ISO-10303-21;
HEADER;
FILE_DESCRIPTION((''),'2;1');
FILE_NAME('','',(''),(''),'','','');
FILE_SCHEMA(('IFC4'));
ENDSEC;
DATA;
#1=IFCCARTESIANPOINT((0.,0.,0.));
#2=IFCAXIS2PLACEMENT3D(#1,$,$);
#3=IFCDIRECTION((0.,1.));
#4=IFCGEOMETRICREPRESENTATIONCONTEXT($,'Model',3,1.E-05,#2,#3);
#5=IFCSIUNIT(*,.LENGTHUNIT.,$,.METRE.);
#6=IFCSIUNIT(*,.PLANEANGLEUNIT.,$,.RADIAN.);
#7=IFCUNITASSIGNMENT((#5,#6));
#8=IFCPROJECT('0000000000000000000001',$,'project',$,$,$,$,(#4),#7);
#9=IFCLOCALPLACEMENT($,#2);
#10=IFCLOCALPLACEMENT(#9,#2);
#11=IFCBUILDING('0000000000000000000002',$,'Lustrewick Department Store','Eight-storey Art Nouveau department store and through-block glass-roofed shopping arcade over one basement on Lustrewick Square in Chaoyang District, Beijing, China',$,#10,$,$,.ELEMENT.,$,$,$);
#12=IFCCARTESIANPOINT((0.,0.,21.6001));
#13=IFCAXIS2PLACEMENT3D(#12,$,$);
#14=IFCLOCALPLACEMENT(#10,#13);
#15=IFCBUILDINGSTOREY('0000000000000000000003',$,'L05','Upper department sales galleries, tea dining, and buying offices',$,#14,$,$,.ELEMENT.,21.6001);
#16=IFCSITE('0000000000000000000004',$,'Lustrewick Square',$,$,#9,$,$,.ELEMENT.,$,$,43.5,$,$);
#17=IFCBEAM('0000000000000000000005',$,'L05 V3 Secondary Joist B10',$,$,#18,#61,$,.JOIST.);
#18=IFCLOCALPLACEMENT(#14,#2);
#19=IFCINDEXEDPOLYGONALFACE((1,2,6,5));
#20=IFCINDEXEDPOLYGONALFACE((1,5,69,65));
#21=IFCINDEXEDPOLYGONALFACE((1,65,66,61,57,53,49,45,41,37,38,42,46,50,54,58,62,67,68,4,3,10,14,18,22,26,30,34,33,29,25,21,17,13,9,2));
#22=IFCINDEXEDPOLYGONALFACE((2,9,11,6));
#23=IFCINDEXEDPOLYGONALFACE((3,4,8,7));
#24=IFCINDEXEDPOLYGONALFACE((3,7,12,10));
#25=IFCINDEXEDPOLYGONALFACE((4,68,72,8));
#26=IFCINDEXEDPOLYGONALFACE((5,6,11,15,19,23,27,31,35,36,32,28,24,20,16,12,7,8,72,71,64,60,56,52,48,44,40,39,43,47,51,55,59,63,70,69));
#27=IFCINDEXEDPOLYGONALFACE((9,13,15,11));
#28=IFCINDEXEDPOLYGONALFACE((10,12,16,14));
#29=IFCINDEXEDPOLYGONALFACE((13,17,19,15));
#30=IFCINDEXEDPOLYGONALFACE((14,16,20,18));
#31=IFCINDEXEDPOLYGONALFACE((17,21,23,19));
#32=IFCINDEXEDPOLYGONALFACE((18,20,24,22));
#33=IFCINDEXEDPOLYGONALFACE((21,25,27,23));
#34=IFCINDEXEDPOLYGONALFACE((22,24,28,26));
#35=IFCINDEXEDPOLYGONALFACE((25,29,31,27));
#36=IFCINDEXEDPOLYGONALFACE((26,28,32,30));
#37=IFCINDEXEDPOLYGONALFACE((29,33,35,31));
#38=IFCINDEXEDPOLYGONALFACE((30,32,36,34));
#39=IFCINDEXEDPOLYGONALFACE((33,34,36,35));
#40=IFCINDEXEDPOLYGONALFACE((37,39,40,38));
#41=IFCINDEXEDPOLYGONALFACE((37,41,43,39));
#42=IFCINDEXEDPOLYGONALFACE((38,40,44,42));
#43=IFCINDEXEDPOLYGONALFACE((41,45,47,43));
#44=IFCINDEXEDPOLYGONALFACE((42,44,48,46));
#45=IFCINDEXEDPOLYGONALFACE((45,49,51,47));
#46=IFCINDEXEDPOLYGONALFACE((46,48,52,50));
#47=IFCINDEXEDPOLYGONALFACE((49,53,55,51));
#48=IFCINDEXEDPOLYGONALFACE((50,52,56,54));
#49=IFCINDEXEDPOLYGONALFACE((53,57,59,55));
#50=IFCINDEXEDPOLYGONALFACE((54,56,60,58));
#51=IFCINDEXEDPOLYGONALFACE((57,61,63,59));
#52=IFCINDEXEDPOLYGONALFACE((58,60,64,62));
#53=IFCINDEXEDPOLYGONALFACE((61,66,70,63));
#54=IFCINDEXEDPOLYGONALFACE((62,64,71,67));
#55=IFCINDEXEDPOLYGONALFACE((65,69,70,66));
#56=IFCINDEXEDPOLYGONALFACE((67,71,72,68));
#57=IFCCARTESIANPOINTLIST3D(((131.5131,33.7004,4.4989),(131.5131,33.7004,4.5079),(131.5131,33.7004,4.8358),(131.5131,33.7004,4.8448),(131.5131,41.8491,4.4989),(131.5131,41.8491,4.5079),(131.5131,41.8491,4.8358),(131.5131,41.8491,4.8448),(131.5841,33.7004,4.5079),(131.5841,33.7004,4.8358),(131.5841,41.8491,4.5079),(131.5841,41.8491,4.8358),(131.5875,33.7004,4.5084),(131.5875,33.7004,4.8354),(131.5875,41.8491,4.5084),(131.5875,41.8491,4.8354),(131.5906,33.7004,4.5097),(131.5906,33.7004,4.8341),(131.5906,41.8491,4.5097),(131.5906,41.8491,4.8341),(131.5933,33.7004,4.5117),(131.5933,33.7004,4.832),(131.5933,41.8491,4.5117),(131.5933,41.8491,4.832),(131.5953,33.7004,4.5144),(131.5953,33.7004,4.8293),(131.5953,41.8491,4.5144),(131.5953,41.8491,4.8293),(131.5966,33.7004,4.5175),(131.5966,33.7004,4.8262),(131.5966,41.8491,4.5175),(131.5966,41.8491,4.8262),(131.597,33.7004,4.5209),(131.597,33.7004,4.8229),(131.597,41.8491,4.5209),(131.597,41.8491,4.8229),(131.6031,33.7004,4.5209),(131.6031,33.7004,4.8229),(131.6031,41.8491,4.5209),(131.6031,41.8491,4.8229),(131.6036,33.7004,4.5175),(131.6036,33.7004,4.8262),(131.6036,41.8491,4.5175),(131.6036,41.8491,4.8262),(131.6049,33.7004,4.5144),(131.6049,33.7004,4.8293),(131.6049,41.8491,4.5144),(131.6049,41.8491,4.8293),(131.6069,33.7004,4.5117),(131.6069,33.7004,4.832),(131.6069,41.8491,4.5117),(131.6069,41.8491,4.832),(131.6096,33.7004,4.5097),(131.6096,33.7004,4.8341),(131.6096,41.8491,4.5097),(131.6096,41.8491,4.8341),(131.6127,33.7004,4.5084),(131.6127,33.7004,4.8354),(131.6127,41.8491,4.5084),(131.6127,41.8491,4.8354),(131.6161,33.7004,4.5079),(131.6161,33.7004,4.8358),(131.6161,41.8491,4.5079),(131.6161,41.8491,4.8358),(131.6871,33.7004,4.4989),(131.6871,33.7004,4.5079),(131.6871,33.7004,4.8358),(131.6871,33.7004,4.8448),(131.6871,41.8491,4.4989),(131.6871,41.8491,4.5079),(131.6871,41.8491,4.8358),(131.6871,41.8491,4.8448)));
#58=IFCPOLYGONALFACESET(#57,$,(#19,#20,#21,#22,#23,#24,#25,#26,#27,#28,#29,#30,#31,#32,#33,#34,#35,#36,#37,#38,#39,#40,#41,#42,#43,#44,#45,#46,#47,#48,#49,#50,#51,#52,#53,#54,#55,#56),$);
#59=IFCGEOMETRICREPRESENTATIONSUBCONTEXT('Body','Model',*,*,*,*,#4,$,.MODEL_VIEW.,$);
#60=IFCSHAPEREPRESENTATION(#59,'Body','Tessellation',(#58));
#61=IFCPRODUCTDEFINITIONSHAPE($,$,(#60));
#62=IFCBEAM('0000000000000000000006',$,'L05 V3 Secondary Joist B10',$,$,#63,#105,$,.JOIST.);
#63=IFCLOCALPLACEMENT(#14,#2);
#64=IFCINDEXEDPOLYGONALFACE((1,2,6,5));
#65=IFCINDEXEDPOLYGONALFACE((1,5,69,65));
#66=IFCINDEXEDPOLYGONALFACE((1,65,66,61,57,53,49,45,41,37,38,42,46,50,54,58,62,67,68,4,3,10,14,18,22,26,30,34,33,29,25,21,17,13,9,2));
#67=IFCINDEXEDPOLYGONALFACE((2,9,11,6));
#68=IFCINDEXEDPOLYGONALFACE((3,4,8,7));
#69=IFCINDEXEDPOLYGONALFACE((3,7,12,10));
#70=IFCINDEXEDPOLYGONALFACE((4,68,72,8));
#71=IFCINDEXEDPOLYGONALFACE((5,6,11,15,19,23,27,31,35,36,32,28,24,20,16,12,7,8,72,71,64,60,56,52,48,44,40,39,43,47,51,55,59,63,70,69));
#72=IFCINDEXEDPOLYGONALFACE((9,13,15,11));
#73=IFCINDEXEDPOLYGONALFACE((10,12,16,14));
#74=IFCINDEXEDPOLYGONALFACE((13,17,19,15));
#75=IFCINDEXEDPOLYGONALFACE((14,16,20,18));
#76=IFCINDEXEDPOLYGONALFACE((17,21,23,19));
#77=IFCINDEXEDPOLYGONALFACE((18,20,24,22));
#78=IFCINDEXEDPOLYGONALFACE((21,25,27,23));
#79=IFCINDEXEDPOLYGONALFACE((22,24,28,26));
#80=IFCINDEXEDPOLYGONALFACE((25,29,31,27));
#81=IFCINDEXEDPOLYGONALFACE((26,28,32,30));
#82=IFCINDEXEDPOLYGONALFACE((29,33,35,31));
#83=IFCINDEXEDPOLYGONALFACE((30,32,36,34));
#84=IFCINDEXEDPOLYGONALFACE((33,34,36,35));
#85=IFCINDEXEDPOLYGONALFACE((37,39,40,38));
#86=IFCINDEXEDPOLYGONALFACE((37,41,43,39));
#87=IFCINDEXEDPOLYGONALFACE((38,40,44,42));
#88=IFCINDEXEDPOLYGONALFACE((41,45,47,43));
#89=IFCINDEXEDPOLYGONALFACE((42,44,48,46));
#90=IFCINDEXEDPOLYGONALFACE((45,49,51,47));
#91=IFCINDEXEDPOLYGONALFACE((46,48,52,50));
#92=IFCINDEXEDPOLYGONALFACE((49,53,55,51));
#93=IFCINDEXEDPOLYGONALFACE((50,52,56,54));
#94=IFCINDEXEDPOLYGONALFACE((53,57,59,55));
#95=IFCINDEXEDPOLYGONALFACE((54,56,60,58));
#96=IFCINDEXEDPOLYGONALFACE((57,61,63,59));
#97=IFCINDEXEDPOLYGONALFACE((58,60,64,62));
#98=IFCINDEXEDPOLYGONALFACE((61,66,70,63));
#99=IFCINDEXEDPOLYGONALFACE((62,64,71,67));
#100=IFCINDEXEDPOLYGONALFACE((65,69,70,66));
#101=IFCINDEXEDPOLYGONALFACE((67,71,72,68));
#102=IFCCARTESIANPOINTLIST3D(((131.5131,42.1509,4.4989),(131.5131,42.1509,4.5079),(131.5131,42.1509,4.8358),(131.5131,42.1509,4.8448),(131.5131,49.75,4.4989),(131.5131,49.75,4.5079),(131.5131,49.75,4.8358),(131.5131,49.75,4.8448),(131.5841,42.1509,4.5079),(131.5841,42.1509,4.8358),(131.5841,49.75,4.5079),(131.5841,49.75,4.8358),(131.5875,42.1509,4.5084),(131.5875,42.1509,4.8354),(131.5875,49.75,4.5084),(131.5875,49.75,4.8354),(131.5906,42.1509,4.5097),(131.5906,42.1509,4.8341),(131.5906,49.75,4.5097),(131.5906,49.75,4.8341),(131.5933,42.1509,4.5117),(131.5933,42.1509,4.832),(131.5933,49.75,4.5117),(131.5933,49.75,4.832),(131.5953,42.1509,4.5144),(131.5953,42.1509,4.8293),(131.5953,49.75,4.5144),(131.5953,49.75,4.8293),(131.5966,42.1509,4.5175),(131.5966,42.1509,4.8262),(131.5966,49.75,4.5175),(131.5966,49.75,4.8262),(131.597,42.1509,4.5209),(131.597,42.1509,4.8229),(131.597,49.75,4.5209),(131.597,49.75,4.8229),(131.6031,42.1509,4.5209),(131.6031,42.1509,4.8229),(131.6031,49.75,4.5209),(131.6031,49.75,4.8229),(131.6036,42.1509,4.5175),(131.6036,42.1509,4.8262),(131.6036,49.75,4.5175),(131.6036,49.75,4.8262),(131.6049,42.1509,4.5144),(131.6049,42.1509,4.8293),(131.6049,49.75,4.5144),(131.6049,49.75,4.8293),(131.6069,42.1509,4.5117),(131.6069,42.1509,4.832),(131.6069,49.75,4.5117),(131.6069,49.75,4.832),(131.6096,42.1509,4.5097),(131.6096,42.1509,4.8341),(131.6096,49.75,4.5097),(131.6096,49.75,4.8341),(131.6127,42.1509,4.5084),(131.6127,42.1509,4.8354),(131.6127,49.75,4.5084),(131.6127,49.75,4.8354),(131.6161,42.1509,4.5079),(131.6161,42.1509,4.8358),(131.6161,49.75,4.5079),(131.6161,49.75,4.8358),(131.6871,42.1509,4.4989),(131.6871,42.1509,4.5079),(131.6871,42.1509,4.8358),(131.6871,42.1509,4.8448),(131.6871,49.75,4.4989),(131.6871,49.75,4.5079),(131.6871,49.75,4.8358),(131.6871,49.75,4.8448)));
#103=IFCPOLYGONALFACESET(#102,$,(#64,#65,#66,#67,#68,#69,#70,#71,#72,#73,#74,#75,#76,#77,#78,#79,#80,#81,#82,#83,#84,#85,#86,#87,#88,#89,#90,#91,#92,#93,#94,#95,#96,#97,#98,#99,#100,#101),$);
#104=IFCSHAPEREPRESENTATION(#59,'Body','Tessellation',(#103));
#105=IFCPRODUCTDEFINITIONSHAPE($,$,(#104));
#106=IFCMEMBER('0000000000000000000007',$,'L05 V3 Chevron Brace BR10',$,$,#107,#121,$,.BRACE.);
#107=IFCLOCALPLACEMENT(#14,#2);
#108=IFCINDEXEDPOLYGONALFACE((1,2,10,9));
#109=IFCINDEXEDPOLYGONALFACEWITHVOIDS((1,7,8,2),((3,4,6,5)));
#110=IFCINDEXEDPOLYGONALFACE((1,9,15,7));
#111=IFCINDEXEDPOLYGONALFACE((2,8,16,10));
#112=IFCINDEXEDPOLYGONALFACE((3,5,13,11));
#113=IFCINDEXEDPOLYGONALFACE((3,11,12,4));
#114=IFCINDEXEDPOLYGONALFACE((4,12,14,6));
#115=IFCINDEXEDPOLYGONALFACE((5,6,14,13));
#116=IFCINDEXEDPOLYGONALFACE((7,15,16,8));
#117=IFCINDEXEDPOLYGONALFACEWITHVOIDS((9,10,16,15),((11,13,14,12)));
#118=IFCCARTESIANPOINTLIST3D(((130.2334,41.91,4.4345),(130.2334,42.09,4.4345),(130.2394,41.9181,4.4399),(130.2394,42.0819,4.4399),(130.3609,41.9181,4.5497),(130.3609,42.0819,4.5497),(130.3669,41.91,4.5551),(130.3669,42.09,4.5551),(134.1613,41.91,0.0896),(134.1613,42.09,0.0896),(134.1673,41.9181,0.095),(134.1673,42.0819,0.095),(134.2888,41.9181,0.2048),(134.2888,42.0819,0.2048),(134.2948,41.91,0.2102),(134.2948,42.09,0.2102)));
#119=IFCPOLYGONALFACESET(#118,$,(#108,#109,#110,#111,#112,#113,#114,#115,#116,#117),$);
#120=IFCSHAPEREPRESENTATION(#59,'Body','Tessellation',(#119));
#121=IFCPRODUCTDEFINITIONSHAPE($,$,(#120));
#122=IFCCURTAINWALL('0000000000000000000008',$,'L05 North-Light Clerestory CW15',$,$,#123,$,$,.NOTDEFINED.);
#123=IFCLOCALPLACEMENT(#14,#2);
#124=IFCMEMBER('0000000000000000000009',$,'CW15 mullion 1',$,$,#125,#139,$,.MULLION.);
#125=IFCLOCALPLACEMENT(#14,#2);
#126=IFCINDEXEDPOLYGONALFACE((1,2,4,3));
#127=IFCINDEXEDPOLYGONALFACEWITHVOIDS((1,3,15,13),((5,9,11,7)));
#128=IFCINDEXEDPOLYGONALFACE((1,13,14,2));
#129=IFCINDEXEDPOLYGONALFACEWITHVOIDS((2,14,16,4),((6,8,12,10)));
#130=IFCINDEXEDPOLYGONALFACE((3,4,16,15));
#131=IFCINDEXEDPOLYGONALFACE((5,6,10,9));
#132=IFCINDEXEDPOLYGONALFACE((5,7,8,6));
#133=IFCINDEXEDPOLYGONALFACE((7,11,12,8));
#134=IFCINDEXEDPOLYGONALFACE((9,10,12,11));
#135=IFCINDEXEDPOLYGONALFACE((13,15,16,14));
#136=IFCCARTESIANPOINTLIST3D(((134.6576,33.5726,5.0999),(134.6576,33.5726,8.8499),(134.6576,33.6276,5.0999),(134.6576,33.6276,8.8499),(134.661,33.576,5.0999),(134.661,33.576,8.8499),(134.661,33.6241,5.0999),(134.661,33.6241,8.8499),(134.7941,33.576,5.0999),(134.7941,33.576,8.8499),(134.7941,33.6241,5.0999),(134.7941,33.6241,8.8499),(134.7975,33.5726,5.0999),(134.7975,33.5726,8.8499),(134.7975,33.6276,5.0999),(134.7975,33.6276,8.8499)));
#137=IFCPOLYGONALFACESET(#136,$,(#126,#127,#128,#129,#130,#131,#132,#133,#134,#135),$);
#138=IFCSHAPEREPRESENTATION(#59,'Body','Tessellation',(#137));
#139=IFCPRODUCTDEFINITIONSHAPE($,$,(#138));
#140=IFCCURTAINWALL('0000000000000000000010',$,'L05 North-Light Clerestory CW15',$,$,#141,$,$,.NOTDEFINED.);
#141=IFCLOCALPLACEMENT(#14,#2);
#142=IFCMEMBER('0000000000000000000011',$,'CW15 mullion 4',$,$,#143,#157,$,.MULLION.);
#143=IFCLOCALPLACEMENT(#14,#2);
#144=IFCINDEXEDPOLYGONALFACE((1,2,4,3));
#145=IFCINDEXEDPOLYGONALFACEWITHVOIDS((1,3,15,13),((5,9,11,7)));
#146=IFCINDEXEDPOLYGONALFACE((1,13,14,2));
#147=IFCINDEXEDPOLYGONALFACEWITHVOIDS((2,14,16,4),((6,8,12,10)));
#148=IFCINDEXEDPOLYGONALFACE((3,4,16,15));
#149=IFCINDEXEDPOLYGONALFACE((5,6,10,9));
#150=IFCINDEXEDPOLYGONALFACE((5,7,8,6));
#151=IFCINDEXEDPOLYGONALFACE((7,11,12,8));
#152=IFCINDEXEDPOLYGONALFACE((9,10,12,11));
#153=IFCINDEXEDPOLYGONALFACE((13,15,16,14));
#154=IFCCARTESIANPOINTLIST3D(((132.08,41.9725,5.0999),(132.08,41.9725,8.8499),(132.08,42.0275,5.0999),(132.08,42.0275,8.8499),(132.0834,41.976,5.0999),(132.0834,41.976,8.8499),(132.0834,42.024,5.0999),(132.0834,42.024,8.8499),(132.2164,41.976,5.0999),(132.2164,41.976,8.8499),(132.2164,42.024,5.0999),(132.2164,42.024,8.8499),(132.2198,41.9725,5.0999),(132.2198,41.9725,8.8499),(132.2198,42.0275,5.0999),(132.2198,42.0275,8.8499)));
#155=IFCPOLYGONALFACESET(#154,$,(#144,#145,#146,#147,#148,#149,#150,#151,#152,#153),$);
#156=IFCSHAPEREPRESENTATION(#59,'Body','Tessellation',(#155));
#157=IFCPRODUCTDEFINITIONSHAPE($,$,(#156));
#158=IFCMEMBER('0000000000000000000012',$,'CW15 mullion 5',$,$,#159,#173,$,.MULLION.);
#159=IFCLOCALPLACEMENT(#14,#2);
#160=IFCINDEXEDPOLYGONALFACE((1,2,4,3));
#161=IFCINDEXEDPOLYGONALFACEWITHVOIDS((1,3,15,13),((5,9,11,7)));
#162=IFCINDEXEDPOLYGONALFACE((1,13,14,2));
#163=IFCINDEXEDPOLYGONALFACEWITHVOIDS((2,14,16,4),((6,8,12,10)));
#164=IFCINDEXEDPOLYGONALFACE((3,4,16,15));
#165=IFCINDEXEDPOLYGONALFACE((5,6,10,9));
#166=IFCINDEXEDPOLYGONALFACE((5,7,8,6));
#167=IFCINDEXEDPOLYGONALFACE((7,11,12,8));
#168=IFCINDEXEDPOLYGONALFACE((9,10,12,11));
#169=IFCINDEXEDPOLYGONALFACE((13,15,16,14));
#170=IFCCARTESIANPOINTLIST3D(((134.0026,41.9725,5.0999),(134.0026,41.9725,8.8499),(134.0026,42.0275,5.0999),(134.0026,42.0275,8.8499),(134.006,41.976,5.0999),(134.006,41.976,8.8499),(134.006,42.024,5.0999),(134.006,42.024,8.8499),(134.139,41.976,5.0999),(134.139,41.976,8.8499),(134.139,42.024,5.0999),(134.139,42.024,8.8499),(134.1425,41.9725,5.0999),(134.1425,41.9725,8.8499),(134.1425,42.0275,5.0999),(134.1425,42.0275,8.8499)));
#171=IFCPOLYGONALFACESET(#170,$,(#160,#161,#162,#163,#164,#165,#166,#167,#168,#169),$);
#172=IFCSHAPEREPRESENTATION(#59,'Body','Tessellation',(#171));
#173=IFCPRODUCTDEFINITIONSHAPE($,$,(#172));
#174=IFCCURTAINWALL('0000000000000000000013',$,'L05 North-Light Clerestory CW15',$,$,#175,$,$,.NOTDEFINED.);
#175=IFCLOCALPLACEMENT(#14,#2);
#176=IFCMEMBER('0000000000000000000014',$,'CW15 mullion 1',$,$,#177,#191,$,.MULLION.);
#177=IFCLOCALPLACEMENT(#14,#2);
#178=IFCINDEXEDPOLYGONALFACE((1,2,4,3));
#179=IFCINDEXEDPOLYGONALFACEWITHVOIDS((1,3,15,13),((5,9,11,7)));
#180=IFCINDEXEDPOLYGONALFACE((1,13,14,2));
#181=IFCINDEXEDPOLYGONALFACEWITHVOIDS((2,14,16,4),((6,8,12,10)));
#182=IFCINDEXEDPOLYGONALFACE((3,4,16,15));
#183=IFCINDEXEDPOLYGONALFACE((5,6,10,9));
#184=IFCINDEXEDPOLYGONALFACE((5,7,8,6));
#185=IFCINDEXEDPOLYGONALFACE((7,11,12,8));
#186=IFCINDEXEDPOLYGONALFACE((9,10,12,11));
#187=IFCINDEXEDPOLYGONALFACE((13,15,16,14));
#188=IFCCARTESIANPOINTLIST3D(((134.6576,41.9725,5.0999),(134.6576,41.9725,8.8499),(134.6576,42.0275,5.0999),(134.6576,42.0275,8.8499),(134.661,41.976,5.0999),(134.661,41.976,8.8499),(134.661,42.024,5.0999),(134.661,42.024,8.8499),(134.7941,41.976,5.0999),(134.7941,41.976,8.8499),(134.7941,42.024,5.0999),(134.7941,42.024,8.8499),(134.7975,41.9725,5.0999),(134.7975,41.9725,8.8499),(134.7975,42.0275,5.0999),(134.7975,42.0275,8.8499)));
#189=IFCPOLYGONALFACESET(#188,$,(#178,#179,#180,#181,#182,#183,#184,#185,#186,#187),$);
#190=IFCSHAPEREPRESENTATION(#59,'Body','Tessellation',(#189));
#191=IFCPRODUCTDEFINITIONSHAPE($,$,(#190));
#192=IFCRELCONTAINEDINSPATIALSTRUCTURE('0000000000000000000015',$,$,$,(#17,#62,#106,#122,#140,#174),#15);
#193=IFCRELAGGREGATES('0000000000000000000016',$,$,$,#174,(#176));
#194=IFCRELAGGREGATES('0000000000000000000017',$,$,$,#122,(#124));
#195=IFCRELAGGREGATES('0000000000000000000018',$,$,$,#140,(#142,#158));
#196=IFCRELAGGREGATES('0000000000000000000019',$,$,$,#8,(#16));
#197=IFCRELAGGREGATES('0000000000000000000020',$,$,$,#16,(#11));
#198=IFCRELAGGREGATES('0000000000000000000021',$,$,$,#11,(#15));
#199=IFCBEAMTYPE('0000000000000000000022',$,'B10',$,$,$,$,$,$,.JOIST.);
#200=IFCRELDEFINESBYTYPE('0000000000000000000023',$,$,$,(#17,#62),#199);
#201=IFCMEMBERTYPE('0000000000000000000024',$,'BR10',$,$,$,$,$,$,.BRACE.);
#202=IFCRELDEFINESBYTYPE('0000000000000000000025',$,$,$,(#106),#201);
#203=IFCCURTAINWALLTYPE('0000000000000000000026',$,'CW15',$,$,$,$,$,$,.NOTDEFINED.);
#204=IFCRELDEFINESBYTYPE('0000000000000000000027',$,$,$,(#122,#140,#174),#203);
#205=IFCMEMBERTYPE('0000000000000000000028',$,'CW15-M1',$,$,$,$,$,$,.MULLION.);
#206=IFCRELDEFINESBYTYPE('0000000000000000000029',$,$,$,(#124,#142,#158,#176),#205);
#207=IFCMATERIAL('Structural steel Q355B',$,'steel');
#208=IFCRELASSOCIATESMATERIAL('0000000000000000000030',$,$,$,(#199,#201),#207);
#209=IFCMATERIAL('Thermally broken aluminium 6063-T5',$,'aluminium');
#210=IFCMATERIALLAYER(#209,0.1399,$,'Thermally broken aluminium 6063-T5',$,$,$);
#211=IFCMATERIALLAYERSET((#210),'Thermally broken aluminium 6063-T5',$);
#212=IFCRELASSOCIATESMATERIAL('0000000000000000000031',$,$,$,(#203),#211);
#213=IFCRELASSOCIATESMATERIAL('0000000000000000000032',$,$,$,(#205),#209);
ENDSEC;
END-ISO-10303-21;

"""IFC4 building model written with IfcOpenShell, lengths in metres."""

from ifc_helpers import new_model, si_unit, direction, frame, origin, origin_2d, place, context, subcontext, project, spatial, hollow_rectangle, i_section, extrude, material, layer, layer_set, material_profile, profile_set, type_object, element, aggregate, save


model = new_model("IFC4")

# Units and contexts
model_context = context("Model", 3, precision=1e-05, world=origin(), true_north=direction((0.0, 1.0)))
body_context = subcontext(model_context, "Body", "Model", "MODEL_VIEW")
ifc_project = project(units=[si_unit("LENGTHUNIT", "METRE"), si_unit("PLANEANGLEUNIT", "RADIAN")], contexts=[model_context])

# Site, building, storey
site_placement = place(None, origin())
site = spatial("IfcSite", under=ifc_project, at=site_placement, Name="Lustrewick Square", CompositionType="ELEMENT", RefElevation=43.5)
building_placement = place(site_placement, origin())
building = spatial("IfcBuilding", under=site, at=building_placement, Name="Lustrewick Department Store", Description="Eight-storey Art Nouveau department store and through-block glass-roofed shopping arcade over one basement on Lustrewick Square in Chaoyang District, Beijing, China", CompositionType="ELEMENT")
storey_placement = place(building_placement, frame((0.0, 0.0, 21.6001)))
storey = spatial("IfcBuildingStorey", under=building, at=storey_placement, Name="L05", Description="Upper department sales galleries, tea dining, and buying offices", CompositionType="ELEMENT", Elevation=21.6001)

# Shared definitions
ifc_material_1 = material(Name="Structural steel Q355B", Category="steel")

# Beams
ifc_material_profile_1 = material_profile(ifc_material_1, i_section(OverallWidth=0.1741, OverallDepth=0.3459, WebThickness=0.0061, FlangeThickness=0.009, FilletRadius=0.0129, at=origin_2d()), Name="HN 346x174x6x9")
ifc_profile_set_1 = profile_set([ifc_material_profile_1], Name="Structural steel Q355B")
beam_type_1 = type_object("IfcBeamType", Name="B10", PredefinedType="JOIST", material=ifc_profile_set_1)
beam_1_placement = place(storey_placement, frame((131.6001, 33.7004, 4.6719), z_axis=(0.0, 1.0, 0.0), x_axis=(-1.0, 0.0, 0.0)))
element("IfcBeam", 1, at=beam_1_placement, inside=storey, type_object=beam_type_1, Name="L05 V3 Secondary Joist B10", PredefinedType="JOIST", context=body_context, shape_type="SweptSolid", body=[
    extrude(i_section(OverallWidth=0.1741, OverallDepth=0.3459, WebThickness=0.0061, FlangeThickness=0.009, FilletRadius=0.0129, at=origin_2d()), origin(), (0.0, 0.0, 1.0), 8.1487),
])
beam_2_placement = place(storey_placement, frame((131.6001, 42.1509, 4.6719), z_axis=(0.0, 1.0, 0.0), x_axis=(-1.0, 0.0, 0.0)))
element("IfcBeam", 2, at=beam_2_placement, inside=storey, type_object=beam_type_1, Name="L05 V3 Secondary Joist B10", PredefinedType="JOIST", context=body_context, shape_type="SweptSolid", body=[
    extrude(i_section(OverallWidth=0.1741, OverallDepth=0.3459, WebThickness=0.0061, FlangeThickness=0.009, FilletRadius=0.0129, at=origin_2d()), origin(), (0.0, 0.0, 1.0), 7.5991),
])

# Member
ifc_material_profile_2 = material_profile(ifc_material_1, hollow_rectangle(XDim=0.1799, YDim=0.1799, WallThickness=0.0081, at=origin_2d()), Name="SHS 180x180x8")
ifc_profile_set_2 = profile_set([ifc_material_profile_2], Name="Structural steel Q355B")
member_type_1 = type_object("IfcMemberType", Name="BR10", PredefinedType="BRACE", material=ifc_profile_set_2)
member_1_placement = place(storey_placement, frame((134.228, 42.0, 0.1499), z_axis=(-0.670614, 0.0, 0.741806), x_axis=(0.0, -1.0, 0.0)))
element("IfcMember", 3, at=member_1_placement, inside=storey, type_object=member_type_1, Name="L05 V3 Chevron Brace BR10", PredefinedType="BRACE", context=body_context, shape_type="SweptSolid", body=[
    extrude(hollow_rectangle(XDim=0.1799, YDim=0.1799, WallThickness=0.0081, at=origin_2d()), origin(), (0.0, 0.0, 1.0), 5.8572),
])

# Curtain wall, member
ifc_material_2 = material(Name="Thermally broken aluminium 6063-T5", Category="aluminium")
ifc_layer = layer(ifc_material_2, 0.1399, Name="Thermally broken aluminium 6063-T5")
ifc_layer_set = layer_set([ifc_layer], Name="Thermally broken aluminium 6063-T5")
curtain_wall_type = type_object("IfcCurtainWallType", Name="CW15", PredefinedType="NOTDEFINED", material=ifc_layer_set)
curtain_wall_1_placement = place(storey_placement, origin())
curtain_wall_1 = element("IfcCurtainWall", 4, at=curtain_wall_1_placement, inside=storey, type_object=curtain_wall_type, Name="L05 North-Light Clerestory CW15", PredefinedType="NOTDEFINED")
ifc_material_profile_3 = material_profile(ifc_material_2, hollow_rectangle(XDim=0.0549, YDim=0.1399, WallThickness=0.0034, at=origin_2d()), Name="ALU-M 55x140x3.5")
ifc_profile_set_3 = profile_set([ifc_material_profile_3], Name="Thermally broken aluminium 6063-T5")
member_type_2 = type_object("IfcMemberType", Name="CW15-M1", PredefinedType="MULLION", material=ifc_profile_set_3)
member_2_placement = place(storey_placement, frame((134.7275, 33.6001, 5.0999), z_axis=(0.0, 0.0, 1.0), x_axis=(0.0, 1.0, 0.0)))
member_2 = element("IfcMember", 5, at=member_2_placement, type_object=member_type_2, Name="CW15 mullion 1", PredefinedType="MULLION", context=body_context, shape_type="SweptSolid", body=[
    extrude(hollow_rectangle(XDim=0.0549, YDim=0.1399, WallThickness=0.0034, at=origin_2d()), origin(), (0.0, 0.0, 1.0), 3.75),
])

# Curtain wall, members
curtain_wall_2_placement = place(storey_placement, origin())
curtain_wall_2 = element("IfcCurtainWall", 6, at=curtain_wall_2_placement, inside=storey, type_object=curtain_wall_type, Name="L05 North-Light Clerestory CW15", PredefinedType="NOTDEFINED")
member_3_placement = place(storey_placement, frame((132.1499, 42.0, 5.0999), z_axis=(0.0, 0.0, 1.0), x_axis=(0.0, 1.0, 0.0)))
member_3 = element("IfcMember", 7, at=member_3_placement, type_object=member_type_2, Name="CW15 mullion 4", PredefinedType="MULLION", context=body_context, shape_type="SweptSolid", body=[
    extrude(hollow_rectangle(XDim=0.0549, YDim=0.1399, WallThickness=0.0034, at=origin_2d()), origin(), (0.0, 0.0, 1.0), 3.75),
])
member_4_placement = place(storey_placement, frame((134.0725, 42.0, 5.0999), z_axis=(0.0, 0.0, 1.0), x_axis=(0.0, 1.0, 0.0)))
member_4 = element("IfcMember", 8, at=member_4_placement, type_object=member_type_2, Name="CW15 mullion 5", PredefinedType="MULLION", context=body_context, shape_type="SweptSolid", body=[
    extrude(hollow_rectangle(XDim=0.0549, YDim=0.1399, WallThickness=0.0034, at=origin_2d()), origin(), (0.0, 0.0, 1.0), 3.75),
])

# Curtain wall, member
curtain_wall_3_placement = place(storey_placement, origin())
curtain_wall_3 = element("IfcCurtainWall", 9, at=curtain_wall_3_placement, inside=storey, type_object=curtain_wall_type, Name="L05 North-Light Clerestory CW15", PredefinedType="NOTDEFINED")
member_5_placement = place(storey_placement, frame((134.7275, 42.0, 5.0999), z_axis=(0.0, 0.0, 1.0), x_axis=(0.0, 1.0, 0.0)))
member_5 = element("IfcMember", 10, at=member_5_placement, type_object=member_type_2, Name="CW15 mullion 1", PredefinedType="MULLION", context=body_context, shape_type="SweptSolid", body=[
    extrude(hollow_rectangle(XDim=0.0549, YDim=0.1399, WallThickness=0.0034, at=origin_2d()), origin(), (0.0, 0.0, 1.0), 3.75),
])
aggregate(curtain_wall_3, [member_5])

aggregate(curtain_wall_1, [member_2])
aggregate(curtain_wall_2, [member_3, member_4])

save(model, "model.ifc")
